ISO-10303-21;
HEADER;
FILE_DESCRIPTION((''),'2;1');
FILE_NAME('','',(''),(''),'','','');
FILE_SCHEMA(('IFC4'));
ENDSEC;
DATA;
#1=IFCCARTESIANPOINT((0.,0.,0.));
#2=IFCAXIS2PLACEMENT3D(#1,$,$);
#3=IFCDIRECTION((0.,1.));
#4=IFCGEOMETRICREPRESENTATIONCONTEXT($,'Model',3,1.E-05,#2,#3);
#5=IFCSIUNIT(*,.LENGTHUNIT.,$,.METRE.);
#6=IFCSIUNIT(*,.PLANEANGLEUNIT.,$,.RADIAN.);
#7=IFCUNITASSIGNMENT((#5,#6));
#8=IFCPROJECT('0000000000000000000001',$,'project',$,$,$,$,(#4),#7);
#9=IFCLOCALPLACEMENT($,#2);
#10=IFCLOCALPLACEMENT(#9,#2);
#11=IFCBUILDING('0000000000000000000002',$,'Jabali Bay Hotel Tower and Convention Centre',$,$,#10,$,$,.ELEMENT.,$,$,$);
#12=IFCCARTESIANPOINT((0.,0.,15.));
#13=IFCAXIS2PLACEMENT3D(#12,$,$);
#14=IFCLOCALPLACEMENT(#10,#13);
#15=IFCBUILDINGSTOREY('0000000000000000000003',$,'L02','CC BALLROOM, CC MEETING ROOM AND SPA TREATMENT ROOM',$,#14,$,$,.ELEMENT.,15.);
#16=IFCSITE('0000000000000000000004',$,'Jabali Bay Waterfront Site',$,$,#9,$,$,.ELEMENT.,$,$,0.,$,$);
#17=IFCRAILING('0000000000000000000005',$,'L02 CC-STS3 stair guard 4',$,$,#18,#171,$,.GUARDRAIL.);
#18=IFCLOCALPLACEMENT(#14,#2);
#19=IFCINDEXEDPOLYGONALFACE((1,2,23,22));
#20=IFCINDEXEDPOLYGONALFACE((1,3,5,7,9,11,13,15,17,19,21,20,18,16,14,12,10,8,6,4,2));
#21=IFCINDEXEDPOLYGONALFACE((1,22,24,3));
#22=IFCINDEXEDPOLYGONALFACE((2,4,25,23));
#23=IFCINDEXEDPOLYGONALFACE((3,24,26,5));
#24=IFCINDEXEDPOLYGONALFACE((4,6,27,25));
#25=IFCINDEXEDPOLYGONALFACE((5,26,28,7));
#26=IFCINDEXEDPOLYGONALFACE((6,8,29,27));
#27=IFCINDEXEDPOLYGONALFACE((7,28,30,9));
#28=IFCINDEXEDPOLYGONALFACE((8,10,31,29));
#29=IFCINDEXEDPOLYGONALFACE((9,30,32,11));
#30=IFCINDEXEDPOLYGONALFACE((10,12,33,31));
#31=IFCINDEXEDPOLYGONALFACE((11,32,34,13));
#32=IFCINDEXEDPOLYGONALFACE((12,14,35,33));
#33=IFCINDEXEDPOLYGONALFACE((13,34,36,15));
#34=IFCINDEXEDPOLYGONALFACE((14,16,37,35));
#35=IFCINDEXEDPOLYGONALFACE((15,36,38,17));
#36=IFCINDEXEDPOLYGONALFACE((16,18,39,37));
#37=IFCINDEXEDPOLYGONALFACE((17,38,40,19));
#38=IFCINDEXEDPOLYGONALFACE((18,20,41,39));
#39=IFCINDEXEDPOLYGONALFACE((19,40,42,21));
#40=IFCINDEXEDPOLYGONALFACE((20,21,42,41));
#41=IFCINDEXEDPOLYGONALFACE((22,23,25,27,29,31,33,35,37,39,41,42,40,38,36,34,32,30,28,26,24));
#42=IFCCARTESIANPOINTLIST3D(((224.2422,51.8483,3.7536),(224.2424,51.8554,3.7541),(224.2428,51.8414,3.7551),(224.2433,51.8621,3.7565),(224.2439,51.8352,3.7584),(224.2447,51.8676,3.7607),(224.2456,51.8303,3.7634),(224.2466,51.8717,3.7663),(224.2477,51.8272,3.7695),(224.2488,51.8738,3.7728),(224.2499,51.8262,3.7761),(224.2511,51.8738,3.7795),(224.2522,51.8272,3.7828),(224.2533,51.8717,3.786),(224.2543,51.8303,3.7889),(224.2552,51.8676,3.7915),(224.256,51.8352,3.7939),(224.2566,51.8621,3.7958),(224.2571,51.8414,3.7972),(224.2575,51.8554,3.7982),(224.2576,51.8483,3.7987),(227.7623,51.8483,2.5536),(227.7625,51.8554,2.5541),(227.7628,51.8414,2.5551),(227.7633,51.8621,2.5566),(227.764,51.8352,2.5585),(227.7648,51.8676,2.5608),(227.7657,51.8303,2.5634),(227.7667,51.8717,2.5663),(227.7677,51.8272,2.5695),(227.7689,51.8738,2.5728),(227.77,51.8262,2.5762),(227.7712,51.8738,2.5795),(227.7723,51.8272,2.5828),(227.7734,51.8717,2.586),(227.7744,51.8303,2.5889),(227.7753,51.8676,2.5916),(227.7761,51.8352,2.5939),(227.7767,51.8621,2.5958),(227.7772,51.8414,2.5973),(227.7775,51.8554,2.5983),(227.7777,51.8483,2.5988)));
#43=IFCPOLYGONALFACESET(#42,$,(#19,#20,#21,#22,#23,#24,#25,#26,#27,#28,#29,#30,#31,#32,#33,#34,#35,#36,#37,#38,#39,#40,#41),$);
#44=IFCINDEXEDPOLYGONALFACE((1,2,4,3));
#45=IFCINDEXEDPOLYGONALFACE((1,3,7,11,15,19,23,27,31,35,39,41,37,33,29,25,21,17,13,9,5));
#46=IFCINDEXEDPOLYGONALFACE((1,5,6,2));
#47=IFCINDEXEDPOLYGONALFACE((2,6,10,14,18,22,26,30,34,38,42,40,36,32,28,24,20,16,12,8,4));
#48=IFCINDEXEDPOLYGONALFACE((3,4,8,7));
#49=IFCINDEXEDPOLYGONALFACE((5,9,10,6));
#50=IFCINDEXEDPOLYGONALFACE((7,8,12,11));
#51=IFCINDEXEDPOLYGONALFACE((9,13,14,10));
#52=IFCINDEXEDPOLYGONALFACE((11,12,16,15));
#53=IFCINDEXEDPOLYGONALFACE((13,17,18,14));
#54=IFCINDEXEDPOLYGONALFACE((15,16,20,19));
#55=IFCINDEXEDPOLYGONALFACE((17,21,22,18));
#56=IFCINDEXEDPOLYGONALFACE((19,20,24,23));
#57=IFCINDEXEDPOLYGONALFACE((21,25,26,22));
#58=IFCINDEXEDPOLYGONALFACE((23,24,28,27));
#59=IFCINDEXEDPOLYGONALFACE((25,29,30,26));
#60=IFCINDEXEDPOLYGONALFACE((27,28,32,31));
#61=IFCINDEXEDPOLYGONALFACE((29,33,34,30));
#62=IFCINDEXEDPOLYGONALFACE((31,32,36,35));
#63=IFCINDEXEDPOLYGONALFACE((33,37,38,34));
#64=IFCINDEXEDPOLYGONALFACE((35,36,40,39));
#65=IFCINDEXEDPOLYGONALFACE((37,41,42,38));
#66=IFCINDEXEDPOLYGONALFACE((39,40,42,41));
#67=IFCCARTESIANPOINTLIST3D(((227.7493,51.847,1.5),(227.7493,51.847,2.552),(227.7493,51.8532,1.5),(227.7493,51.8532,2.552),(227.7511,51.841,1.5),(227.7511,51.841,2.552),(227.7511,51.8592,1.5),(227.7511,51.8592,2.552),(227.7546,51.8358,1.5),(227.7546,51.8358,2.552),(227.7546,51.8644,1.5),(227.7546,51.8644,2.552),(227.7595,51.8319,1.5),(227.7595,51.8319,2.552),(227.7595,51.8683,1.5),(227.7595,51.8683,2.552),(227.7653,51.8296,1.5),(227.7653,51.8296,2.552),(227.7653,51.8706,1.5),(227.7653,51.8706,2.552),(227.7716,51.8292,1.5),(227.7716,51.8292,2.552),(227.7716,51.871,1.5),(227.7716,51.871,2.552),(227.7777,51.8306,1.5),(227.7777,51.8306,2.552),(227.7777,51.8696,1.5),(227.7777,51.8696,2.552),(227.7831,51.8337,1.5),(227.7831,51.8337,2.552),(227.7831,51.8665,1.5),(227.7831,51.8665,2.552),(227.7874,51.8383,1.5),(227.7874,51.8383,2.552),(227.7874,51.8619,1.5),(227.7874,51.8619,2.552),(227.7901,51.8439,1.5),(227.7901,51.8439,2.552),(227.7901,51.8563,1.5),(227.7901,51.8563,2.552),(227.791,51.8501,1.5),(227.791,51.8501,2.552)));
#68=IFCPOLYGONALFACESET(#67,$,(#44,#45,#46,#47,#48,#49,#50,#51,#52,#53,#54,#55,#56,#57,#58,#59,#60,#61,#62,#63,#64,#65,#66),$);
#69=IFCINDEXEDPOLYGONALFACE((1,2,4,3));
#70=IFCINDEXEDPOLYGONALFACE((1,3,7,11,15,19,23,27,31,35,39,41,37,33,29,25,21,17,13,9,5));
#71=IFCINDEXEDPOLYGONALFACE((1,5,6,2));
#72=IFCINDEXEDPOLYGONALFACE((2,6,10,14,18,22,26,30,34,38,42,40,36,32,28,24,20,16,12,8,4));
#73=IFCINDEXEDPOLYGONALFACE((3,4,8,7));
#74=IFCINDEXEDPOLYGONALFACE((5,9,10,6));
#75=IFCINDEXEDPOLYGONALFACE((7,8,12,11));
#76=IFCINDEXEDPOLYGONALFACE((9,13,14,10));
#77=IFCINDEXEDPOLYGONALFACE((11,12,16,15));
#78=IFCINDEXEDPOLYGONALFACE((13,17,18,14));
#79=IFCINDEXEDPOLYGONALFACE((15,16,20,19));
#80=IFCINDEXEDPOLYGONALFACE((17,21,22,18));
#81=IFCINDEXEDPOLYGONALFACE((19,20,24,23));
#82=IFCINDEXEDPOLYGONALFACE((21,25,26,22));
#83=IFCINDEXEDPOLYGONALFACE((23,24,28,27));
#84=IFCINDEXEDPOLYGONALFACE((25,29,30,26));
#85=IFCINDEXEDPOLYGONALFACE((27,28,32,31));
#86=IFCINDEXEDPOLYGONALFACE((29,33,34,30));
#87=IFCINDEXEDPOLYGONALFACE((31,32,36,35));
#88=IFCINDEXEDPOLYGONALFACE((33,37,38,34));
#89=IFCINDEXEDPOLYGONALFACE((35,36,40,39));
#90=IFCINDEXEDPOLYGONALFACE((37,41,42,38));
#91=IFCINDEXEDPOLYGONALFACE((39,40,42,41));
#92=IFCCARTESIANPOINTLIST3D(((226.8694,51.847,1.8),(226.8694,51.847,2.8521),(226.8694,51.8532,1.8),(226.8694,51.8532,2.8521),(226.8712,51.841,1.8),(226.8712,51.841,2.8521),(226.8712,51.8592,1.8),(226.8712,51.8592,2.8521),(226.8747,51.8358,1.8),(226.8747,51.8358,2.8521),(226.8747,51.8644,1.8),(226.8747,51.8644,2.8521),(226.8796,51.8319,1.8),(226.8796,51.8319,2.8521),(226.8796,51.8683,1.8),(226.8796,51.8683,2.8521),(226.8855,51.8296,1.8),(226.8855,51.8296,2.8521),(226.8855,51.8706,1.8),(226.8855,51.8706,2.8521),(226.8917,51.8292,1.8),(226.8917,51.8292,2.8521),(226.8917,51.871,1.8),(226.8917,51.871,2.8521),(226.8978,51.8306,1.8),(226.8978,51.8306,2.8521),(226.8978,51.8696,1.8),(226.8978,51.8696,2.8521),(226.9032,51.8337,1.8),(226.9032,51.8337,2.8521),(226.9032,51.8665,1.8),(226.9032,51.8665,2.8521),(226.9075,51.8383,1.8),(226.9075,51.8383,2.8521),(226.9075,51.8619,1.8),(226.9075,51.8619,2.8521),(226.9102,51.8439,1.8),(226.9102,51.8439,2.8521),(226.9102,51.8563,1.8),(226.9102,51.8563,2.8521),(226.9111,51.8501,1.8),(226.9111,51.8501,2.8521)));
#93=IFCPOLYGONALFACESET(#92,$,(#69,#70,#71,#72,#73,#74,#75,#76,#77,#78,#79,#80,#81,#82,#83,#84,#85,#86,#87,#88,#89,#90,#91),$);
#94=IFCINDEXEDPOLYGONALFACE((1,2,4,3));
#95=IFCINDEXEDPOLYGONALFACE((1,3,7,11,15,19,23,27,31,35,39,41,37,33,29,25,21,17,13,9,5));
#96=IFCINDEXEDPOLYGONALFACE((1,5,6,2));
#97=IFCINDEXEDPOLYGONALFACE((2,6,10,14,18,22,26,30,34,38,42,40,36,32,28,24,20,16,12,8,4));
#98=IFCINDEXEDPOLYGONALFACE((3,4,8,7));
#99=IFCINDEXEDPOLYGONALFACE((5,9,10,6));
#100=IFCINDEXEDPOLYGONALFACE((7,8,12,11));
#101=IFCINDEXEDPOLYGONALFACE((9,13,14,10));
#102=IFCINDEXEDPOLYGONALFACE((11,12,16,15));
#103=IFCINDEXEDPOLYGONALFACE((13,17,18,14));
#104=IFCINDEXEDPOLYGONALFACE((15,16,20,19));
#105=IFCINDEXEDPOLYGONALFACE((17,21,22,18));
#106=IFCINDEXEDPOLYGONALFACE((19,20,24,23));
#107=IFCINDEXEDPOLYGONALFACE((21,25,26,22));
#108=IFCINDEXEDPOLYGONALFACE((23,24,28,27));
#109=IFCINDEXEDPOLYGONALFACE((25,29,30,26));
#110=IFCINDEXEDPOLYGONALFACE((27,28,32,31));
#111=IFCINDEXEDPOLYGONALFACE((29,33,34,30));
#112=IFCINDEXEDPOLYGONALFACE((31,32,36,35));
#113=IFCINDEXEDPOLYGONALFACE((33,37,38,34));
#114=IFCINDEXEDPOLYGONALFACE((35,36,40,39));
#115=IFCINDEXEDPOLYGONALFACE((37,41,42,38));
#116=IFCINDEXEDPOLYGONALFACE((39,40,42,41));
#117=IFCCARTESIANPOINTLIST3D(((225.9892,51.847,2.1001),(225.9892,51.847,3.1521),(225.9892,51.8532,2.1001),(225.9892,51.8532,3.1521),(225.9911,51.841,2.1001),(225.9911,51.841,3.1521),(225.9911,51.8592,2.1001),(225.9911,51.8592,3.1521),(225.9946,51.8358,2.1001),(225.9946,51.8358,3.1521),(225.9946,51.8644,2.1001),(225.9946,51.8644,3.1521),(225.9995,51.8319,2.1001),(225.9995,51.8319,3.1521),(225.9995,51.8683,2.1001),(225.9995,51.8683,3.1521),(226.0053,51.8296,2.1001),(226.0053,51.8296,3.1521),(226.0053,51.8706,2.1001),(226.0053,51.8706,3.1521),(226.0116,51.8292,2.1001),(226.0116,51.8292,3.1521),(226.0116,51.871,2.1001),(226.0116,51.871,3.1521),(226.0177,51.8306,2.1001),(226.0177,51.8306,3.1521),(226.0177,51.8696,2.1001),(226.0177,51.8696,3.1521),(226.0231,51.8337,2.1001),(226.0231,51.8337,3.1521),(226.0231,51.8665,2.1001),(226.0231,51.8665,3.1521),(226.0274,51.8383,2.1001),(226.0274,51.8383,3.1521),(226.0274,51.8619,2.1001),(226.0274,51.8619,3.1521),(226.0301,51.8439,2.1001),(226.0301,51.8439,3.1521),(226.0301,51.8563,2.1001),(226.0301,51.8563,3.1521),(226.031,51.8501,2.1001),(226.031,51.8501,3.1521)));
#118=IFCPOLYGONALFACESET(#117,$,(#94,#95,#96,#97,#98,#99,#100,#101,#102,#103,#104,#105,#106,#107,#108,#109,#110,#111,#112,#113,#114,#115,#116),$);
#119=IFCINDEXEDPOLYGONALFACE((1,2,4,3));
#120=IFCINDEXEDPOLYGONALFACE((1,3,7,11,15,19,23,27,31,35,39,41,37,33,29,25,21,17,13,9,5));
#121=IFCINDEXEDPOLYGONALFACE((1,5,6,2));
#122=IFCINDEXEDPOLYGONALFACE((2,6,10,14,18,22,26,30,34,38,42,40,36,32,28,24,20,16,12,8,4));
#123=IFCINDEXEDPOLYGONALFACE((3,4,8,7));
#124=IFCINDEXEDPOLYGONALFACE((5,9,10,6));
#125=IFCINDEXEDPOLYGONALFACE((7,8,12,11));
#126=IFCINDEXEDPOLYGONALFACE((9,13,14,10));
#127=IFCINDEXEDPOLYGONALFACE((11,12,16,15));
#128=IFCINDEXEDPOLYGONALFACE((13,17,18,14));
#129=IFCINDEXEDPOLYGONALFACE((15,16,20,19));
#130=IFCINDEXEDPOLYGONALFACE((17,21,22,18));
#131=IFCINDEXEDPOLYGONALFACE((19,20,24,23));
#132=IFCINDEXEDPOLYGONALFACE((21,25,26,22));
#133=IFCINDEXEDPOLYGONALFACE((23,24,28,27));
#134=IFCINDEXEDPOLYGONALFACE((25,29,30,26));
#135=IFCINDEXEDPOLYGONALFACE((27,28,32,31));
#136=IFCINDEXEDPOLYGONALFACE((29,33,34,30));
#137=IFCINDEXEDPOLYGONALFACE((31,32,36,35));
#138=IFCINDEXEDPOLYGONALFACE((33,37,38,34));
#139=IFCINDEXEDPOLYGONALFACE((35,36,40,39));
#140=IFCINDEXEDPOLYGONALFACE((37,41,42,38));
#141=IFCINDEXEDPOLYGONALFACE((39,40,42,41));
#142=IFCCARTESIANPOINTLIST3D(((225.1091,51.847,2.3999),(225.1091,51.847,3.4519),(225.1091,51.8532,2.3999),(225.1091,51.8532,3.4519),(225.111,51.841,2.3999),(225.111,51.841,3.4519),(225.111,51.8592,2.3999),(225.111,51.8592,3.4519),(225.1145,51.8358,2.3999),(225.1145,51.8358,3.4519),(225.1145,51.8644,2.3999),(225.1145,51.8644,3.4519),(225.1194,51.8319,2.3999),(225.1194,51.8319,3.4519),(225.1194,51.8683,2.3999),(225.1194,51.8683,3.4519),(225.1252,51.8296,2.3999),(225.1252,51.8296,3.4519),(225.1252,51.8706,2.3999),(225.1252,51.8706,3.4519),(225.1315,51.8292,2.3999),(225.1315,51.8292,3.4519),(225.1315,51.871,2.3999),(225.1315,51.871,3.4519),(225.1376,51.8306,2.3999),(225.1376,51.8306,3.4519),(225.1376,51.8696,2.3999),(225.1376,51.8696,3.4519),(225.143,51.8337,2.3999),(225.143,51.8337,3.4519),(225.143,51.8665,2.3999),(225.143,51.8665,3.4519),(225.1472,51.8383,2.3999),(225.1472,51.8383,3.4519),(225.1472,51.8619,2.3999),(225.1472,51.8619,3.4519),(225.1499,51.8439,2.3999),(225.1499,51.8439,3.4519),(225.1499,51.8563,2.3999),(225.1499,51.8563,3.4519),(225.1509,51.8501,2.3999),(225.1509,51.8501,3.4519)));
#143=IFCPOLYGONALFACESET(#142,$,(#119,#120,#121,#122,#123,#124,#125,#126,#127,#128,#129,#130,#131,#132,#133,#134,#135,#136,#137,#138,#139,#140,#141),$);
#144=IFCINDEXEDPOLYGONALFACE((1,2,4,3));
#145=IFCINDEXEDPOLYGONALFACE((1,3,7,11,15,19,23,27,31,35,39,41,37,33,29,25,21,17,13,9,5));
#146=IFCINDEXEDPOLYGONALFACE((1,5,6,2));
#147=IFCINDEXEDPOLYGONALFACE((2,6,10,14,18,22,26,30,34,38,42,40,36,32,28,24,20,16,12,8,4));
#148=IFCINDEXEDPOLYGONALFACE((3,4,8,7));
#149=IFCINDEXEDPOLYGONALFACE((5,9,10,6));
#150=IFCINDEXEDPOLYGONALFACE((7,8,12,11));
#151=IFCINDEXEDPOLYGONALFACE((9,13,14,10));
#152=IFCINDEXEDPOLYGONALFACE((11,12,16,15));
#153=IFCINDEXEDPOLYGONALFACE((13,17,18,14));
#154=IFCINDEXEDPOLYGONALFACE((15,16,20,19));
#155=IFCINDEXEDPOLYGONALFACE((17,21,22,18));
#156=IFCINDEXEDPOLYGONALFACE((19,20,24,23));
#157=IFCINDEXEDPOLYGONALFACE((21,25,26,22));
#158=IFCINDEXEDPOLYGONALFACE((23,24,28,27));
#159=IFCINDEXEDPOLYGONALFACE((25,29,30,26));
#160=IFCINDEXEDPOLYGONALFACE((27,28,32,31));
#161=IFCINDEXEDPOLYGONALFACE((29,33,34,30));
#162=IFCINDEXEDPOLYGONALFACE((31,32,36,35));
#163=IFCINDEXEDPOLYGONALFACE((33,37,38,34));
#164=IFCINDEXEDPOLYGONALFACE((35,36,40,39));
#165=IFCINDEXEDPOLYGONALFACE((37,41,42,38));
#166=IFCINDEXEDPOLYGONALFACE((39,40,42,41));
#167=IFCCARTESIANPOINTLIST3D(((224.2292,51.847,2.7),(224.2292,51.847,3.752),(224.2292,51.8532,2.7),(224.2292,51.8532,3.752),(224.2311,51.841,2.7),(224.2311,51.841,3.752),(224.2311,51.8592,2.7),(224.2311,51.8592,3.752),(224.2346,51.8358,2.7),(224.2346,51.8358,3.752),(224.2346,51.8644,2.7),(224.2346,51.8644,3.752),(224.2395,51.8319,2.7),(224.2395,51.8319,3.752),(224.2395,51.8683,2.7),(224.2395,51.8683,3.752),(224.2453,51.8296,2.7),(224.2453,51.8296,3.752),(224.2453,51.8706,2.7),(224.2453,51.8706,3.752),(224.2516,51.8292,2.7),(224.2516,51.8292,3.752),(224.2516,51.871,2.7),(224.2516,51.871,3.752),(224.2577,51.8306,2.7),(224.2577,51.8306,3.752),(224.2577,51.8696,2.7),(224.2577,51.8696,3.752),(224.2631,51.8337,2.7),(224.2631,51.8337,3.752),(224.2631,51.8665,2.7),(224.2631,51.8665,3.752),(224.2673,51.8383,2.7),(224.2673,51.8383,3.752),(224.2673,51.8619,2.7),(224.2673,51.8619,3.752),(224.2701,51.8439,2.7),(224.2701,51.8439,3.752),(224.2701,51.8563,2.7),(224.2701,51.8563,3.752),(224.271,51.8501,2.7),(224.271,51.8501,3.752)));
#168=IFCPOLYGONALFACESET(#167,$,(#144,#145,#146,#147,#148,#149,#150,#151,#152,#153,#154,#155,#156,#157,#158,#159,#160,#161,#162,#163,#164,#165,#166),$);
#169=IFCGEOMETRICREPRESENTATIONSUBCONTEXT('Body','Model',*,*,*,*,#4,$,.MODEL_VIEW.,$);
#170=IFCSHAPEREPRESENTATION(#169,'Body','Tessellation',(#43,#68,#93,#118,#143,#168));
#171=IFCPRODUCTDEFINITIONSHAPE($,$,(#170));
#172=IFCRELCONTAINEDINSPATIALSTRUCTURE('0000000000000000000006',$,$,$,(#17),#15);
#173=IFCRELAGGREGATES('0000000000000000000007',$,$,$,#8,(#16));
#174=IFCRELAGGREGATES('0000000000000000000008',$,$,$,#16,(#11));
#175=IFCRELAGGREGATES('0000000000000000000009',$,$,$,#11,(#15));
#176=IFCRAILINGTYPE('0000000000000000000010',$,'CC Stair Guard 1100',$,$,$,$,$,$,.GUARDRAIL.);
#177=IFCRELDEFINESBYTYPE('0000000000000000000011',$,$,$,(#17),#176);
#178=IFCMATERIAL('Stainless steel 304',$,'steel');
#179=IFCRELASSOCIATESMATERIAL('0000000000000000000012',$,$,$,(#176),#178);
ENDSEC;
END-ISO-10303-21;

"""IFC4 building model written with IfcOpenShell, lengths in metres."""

from ifc_helpers import new_model, si_unit, direction, frame, origin, origin_2d, place, context, subcontext, project, spatial, circle, extrude, material, type_object, element, save


model = new_model("IFC4")

# Units and contexts
model_context = context("Model", 3, precision=1e-05, world=origin(), true_north=direction((0.0, 1.0)))
body_context = subcontext(model_context, "Body", "Model", "MODEL_VIEW")
ifc_project = project(units=[si_unit("LENGTHUNIT", "METRE"), si_unit("PLANEANGLEUNIT", "RADIAN")], contexts=[model_context])

# Site, building, storey
site_placement = place(None, origin())
site = spatial("IfcSite", under=ifc_project, at=site_placement, Name="Jabali Bay Waterfront Site", CompositionType="ELEMENT", RefElevation=0.0)
building_placement = place(site_placement, origin())
building = spatial("IfcBuilding", under=site, at=building_placement, Name="Jabali Bay Hotel Tower and Convention Centre", CompositionType="ELEMENT")
storey_placement = place(building_placement, frame((0.0, 0.0, 15.0)))
storey = spatial("IfcBuildingStorey", under=building, at=storey_placement, Name="L02", Description="CC BALLROOM, CC MEETING ROOM AND SPA TREATMENT ROOM", CompositionType="ELEMENT", Elevation=15.0)

# Railing
ifc_material_1 = material(Name="Stainless steel 304", Category="steel")
railing_type_1 = type_object("IfcRailingType", Name="CC Stair Guard 1100", PredefinedType="GUARDRAIL", material=ifc_material_1)
railing_1_placement = place(storey_placement, frame((227.77, 51.8501, 1.5)))
element("IfcRailing", 1, at=railing_1_placement, inside=storey, type_object=railing_type_1, Name="L02 CC-STS3 stair guard 4", PredefinedType="GUARDRAIL", context=body_context, shape_type="SweptSolid", body=[
    extrude(circle(Radius=0.0239, at=origin_2d()), frame((0.0, 0.0, 1.0762), z_axis=(-0.946515, 0.0, 0.322661), x_axis=(0.0, -1.0, 0.0)), (0.0, 0.0, 1.0), 3.719),
    extrude(circle(Radius=0.021, at=origin_2d()), origin(), (0.0, 0.0, 1.0), 1.052),
    extrude(circle(Radius=0.021, at=origin_2d()), frame((-0.8799, 0.0, 0.3)), (0.0, 0.0, 1.0), 1.052),
    extrude(circle(Radius=0.021, at=origin_2d()), frame((-1.76, 0.0, 0.6001)), (0.0, 0.0, 1.0), 1.052),
    extrude(circle(Radius=0.021, at=origin_2d()), frame((-2.6401, 0.0, 0.8999)), (0.0, 0.0, 1.0), 1.052),
    extrude(circle(Radius=0.021, at=origin_2d()), frame((-3.52, 0.0, 1.2)), (0.0, 0.0, 1.0), 1.052),
])

save(model, "model.ifc")
